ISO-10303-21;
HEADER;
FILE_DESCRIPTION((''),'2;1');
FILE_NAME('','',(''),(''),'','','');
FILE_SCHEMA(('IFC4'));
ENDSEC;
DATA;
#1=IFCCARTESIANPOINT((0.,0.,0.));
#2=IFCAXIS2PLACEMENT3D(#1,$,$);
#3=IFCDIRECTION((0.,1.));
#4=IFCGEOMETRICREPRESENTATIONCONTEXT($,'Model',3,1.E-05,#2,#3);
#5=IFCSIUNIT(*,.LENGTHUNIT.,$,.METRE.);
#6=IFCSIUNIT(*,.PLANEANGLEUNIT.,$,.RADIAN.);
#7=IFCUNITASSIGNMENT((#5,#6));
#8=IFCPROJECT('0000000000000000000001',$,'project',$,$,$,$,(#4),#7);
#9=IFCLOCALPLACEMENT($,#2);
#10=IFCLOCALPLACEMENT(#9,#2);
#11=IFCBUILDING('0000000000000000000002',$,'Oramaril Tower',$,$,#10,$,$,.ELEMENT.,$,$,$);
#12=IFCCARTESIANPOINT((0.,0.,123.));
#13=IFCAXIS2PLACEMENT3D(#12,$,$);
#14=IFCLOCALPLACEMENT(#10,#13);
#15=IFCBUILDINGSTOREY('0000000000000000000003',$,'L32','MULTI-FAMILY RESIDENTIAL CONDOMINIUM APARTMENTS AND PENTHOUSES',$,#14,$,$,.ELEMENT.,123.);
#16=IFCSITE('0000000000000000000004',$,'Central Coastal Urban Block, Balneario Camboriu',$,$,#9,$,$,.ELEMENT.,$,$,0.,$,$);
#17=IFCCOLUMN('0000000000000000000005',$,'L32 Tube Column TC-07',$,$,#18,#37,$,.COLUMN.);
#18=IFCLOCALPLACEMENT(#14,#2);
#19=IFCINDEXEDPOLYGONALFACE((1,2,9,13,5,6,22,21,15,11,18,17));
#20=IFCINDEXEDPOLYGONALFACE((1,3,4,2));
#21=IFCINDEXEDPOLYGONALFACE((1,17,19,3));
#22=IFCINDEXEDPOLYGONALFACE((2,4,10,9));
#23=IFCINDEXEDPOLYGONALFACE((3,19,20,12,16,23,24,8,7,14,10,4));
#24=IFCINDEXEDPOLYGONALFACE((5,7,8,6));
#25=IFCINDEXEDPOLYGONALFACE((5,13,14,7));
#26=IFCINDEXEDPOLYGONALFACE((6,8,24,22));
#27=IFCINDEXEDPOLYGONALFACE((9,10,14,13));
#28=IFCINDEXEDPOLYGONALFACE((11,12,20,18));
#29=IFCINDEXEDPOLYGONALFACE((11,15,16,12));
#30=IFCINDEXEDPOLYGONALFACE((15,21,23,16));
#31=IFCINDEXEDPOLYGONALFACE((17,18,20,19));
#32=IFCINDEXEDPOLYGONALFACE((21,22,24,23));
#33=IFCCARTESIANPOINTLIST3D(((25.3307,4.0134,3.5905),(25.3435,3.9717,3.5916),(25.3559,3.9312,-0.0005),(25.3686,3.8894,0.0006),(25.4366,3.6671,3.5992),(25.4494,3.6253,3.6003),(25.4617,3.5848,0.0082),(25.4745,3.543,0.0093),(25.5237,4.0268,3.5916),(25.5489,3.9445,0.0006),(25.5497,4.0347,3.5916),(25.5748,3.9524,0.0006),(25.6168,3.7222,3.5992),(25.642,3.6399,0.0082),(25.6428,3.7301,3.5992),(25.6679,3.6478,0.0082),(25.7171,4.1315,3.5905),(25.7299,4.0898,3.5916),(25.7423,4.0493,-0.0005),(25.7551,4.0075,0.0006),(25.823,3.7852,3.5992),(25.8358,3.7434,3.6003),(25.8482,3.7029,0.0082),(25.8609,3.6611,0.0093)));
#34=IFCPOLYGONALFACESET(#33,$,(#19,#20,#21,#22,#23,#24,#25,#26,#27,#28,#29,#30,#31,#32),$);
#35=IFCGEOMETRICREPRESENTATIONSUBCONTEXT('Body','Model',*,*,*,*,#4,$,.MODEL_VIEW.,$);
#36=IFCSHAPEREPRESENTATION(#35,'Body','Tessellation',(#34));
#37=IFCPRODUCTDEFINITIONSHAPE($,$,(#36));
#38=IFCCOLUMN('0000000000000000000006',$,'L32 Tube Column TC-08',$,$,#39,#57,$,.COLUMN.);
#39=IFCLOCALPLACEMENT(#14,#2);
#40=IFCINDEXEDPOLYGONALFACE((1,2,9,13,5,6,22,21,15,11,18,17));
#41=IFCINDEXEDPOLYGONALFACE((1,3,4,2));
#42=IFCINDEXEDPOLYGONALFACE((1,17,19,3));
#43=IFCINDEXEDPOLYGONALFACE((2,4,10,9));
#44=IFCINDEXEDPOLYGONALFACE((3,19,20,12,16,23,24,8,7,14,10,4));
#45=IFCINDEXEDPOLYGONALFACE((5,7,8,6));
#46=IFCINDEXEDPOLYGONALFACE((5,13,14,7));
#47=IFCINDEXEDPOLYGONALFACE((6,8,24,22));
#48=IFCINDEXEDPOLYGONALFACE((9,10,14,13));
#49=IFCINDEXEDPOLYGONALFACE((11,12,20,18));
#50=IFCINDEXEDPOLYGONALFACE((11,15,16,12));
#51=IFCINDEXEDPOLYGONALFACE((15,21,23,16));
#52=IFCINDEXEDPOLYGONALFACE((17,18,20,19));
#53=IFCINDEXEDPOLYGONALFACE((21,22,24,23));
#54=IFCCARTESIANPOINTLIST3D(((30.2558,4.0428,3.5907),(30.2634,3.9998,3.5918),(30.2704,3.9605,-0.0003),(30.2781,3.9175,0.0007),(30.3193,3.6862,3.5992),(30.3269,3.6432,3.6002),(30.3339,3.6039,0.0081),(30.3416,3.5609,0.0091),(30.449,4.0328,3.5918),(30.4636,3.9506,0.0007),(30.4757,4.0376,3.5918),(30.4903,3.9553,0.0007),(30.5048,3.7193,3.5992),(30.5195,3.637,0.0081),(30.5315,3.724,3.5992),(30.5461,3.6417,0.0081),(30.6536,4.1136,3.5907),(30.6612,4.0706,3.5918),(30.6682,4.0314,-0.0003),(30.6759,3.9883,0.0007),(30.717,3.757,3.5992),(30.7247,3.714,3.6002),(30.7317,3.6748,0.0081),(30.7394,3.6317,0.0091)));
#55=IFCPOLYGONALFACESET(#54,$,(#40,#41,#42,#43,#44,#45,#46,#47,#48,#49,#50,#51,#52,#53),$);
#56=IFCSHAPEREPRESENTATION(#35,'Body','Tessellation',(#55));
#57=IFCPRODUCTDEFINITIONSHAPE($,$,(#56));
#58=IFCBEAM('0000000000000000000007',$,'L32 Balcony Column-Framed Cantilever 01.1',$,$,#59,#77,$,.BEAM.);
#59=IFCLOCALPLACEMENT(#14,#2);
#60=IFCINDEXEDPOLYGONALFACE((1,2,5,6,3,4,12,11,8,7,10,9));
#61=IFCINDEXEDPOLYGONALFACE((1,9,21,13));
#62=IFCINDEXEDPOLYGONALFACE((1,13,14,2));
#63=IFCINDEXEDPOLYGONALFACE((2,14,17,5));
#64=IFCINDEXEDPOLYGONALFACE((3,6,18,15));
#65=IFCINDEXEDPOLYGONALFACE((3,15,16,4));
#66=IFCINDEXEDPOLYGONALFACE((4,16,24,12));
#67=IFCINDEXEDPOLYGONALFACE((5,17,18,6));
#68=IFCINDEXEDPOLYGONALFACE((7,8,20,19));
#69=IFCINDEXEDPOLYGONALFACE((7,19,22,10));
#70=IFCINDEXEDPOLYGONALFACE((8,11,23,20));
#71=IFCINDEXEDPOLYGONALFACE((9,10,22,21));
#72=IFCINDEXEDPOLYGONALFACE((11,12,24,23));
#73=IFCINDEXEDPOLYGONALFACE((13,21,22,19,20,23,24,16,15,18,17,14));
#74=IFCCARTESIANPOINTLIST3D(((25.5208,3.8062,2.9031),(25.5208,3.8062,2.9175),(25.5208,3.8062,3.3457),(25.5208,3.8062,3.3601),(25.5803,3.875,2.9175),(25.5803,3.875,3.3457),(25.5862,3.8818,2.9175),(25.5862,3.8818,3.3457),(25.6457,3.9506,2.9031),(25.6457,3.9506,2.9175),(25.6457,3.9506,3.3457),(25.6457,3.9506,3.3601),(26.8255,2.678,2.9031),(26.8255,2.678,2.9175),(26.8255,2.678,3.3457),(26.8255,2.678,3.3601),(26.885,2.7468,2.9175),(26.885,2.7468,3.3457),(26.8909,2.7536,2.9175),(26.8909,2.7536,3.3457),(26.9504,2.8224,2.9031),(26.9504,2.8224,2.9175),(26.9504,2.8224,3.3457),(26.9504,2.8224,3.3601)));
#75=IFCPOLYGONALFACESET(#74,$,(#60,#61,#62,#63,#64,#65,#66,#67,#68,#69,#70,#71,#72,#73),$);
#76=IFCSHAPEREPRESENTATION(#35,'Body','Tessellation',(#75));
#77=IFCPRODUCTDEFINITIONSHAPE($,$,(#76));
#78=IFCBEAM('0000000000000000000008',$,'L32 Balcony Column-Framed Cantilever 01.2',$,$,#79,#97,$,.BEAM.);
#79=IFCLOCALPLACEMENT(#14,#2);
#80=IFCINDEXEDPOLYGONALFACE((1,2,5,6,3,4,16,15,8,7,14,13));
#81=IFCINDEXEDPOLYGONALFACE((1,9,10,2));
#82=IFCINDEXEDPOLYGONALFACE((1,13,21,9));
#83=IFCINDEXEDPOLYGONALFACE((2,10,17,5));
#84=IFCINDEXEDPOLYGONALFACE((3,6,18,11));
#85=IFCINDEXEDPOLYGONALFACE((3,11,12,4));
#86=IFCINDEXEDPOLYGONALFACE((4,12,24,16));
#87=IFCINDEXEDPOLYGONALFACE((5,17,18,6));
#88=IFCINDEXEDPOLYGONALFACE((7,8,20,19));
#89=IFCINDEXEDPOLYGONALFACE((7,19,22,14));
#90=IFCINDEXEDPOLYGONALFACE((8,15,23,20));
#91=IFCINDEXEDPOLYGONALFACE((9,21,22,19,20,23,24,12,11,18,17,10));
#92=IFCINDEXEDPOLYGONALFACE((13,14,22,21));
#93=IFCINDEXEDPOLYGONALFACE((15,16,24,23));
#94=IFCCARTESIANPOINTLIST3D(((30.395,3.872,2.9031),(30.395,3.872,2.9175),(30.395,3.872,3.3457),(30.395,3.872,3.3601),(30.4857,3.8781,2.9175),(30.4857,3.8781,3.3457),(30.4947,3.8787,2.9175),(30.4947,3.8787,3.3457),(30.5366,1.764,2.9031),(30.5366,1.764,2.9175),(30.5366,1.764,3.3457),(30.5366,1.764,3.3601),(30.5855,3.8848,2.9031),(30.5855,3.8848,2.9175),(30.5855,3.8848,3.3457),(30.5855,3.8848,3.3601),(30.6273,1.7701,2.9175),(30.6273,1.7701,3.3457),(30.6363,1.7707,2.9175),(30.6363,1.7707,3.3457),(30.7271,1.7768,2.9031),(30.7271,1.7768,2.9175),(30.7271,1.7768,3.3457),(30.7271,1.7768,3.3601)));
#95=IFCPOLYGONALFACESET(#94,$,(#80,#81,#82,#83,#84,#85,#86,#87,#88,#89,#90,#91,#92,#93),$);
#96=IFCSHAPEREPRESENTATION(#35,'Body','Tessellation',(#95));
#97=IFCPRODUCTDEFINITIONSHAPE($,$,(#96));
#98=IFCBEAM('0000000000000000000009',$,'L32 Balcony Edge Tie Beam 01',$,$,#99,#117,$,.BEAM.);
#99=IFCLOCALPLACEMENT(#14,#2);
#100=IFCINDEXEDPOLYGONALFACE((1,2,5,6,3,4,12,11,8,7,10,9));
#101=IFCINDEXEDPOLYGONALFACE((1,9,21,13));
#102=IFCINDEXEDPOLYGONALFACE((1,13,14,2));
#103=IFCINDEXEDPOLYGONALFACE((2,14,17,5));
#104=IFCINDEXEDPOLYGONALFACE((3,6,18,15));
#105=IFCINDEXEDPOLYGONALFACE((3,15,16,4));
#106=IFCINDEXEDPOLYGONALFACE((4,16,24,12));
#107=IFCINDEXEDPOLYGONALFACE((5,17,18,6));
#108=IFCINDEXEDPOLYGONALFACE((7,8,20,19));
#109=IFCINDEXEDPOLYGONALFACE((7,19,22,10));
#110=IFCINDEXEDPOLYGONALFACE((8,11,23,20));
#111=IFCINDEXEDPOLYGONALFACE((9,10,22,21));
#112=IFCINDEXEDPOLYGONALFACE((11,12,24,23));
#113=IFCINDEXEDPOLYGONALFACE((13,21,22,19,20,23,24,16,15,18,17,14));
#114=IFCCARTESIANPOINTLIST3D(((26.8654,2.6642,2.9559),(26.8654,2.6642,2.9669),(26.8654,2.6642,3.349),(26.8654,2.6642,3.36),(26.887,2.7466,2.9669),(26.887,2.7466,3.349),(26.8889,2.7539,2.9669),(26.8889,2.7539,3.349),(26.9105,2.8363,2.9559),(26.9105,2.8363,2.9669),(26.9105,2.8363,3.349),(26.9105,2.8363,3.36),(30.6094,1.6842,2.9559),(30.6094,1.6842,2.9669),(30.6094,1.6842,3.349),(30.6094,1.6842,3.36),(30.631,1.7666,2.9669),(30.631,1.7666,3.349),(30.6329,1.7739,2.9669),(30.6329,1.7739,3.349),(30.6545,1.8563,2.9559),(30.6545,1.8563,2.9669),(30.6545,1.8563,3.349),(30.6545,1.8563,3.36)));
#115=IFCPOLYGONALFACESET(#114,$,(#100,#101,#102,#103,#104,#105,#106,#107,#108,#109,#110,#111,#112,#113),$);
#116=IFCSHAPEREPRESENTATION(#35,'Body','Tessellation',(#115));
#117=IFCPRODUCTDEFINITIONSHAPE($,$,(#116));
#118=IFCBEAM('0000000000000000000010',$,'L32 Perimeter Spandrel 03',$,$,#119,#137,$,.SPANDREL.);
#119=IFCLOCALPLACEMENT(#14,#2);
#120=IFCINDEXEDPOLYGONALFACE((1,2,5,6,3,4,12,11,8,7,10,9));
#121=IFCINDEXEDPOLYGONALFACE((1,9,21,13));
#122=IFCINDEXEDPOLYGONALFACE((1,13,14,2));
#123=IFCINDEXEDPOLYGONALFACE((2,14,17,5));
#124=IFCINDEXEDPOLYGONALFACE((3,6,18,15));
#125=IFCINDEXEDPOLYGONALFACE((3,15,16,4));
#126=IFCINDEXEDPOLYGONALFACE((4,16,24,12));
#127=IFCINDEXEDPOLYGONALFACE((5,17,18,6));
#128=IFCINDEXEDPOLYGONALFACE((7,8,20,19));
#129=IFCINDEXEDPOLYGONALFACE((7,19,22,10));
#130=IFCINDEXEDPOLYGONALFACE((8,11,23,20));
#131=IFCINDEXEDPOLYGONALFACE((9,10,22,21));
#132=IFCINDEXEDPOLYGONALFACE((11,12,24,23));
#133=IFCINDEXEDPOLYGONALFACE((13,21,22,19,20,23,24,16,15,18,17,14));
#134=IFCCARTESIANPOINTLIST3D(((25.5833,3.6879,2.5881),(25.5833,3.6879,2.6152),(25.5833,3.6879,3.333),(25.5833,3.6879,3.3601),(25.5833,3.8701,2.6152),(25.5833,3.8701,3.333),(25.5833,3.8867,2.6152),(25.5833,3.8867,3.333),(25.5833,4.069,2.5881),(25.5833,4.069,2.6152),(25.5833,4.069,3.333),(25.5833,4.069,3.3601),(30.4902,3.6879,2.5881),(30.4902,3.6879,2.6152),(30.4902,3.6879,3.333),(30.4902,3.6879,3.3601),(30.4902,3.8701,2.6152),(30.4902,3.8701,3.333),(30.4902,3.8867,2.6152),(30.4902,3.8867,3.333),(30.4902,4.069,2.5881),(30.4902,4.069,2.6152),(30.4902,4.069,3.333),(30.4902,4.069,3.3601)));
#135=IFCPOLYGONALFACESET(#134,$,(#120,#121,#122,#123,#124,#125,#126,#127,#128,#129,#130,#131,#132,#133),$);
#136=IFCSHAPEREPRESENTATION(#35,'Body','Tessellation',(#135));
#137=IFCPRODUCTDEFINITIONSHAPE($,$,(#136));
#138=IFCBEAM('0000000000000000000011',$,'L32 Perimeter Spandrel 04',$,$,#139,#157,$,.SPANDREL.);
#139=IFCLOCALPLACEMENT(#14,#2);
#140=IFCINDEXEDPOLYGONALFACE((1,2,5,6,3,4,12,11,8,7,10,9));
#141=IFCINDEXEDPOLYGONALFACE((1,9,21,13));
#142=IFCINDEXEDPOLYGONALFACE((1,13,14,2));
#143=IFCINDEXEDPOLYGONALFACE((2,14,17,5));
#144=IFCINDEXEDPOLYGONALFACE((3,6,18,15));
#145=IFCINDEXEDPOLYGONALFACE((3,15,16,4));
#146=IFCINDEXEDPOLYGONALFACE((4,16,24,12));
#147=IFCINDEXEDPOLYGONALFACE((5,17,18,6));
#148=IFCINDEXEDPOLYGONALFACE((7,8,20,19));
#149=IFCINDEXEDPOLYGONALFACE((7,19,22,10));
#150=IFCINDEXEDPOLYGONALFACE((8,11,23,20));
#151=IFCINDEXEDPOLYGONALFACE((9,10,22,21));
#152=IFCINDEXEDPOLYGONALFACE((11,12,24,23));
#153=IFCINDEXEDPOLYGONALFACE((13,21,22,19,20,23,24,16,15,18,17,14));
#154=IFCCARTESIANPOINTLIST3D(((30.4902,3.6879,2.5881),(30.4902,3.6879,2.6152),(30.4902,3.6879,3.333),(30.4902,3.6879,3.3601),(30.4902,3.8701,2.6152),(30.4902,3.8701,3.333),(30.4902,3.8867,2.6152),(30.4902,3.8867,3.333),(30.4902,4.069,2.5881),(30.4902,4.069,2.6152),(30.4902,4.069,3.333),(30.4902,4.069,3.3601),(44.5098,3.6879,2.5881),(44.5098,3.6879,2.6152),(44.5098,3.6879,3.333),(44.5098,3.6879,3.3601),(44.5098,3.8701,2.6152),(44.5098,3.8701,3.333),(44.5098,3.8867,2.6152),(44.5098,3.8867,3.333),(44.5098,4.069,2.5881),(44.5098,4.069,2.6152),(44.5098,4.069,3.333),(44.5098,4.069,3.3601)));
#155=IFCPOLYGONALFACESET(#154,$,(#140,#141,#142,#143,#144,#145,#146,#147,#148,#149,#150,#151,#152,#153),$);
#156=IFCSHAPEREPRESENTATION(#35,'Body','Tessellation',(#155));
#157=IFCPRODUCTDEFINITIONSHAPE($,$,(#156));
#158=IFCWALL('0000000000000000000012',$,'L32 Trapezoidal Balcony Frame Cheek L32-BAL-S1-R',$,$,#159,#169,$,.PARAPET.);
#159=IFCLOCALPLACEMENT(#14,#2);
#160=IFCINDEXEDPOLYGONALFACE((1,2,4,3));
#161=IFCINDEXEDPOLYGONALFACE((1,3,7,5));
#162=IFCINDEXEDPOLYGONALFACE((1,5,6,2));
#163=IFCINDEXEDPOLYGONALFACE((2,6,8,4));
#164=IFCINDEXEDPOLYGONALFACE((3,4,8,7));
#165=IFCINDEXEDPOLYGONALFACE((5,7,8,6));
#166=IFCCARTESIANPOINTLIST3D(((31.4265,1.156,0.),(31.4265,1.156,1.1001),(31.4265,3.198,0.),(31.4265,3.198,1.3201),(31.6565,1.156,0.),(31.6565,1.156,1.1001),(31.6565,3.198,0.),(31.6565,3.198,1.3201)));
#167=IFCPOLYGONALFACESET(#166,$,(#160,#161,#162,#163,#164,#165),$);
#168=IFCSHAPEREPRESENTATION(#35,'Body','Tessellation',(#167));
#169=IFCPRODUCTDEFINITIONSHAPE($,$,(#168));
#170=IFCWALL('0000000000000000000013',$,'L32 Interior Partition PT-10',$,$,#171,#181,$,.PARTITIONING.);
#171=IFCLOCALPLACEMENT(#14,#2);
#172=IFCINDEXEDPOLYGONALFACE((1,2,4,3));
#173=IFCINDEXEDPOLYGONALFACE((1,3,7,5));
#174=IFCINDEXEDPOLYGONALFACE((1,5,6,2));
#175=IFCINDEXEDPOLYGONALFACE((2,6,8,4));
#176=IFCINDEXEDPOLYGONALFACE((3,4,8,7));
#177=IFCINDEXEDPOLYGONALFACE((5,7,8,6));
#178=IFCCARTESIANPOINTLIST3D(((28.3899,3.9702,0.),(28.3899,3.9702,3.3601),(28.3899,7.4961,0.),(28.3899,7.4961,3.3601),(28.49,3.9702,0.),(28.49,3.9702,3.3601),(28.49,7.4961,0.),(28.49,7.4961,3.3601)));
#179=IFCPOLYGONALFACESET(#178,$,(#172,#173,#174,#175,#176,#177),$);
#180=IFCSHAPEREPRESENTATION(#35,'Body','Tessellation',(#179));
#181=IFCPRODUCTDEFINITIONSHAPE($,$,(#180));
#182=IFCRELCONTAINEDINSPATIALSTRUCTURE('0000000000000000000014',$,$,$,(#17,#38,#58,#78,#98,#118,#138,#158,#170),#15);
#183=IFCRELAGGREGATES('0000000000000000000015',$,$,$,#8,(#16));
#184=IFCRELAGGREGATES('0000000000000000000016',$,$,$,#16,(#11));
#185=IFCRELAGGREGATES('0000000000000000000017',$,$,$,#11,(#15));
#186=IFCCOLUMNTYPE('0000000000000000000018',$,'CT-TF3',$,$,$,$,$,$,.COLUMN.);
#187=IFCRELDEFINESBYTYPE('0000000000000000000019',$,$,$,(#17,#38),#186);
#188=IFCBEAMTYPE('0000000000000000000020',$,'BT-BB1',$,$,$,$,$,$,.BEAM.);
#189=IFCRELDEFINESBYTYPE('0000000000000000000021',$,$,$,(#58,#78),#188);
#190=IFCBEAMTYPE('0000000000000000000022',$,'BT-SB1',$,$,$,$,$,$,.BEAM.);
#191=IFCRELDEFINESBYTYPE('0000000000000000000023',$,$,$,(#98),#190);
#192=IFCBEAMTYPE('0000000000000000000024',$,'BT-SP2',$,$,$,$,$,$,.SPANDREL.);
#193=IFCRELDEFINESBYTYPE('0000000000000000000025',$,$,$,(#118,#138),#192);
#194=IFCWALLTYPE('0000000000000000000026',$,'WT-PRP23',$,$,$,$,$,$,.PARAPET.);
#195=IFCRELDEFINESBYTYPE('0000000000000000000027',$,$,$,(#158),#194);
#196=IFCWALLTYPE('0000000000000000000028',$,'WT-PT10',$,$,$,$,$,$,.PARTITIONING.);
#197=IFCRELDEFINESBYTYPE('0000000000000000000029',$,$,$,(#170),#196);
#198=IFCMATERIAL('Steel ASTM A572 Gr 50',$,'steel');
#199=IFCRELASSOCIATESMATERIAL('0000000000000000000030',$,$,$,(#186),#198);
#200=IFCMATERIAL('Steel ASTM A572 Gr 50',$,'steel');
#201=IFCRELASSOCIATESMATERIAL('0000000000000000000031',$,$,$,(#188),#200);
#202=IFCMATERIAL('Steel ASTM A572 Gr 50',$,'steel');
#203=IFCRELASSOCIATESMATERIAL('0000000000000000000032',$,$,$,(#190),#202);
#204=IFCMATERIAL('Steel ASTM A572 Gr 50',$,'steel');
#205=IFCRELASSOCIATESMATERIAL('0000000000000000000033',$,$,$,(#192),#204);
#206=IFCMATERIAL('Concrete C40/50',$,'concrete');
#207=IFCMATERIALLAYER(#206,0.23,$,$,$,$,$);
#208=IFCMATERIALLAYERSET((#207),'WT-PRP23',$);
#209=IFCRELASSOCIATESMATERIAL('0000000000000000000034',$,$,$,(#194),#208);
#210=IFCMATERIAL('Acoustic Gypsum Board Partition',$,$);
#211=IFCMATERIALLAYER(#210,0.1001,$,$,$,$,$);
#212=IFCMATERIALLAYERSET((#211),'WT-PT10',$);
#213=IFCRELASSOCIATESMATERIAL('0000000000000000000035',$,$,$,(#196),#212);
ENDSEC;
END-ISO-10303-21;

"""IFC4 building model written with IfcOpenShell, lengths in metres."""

from ifc_helpers import new_model, si_unit, direction, frame, frame_2d, origin, origin_2d, place, context, subcontext, project, spatial, polyline, rectangle, i_section, outline, extrude, material, layer, layer_set, material_profile, profile_set, type_object, element, save


model = new_model("IFC4")

# Units and contexts
model_context = context("Model", 3, precision=1e-05, world=origin(), true_north=direction((0.0, 1.0)))
body_context = subcontext(model_context, "Body", "Model", "MODEL_VIEW")
ifc_project = project(units=[si_unit("LENGTHUNIT", "METRE"), si_unit("PLANEANGLEUNIT", "RADIAN")], contexts=[model_context])

# Site, building, storey
site_placement = place(None, origin())
site = spatial("IfcSite", under=ifc_project, at=site_placement, Name="Central Coastal Urban Block, Balneario Camboriu", CompositionType="ELEMENT", RefElevation=0.0)
building_placement = place(site_placement, origin())
building = spatial("IfcBuilding", under=site, at=building_placement, Name="Oramaril Tower", CompositionType="ELEMENT")
storey_placement = place(building_placement, frame((0.0, 0.0, 123.0)))
storey = spatial("IfcBuildingStorey", under=building, at=storey_placement, Name="L32", Description="MULTI-FAMILY RESIDENTIAL CONDOMINIUM APARTMENTS AND PENTHOUSES", CompositionType="ELEMENT", Elevation=123.0)

# Columns
ifc_material_1 = material(Name="Steel ASTM A572 Gr 50", Category="steel")
ifc_material_profile_1 = material_profile(ifc_material_1, i_section(OverallWidth=0.4041, OverallDepth=0.406, WebThickness=0.0271, FlangeThickness=0.0437, at=origin_2d()), Name="W14X233")
ifc_profile_set_1 = profile_set([ifc_material_profile_1], Name="Steel ASTM A572 Gr 50")
column_type = type_object("IfcColumnType", Name="CT-TF3", PredefinedType="COLUMN", material=ifc_profile_set_1)
for number, where, z_axis, x_axis, name in (
    (1, (25.6084, 3.7961, 0.0044), (-0.007001, 0.022905, 0.999713), (-0.95633, -0.292291, 0.0), "L32 Tube Column TC-07"),
    (2, (30.5049, 3.7961, 0.0044), (-0.004078, 0.022905, 0.999729), (-0.984518, -0.175285, 0.0), "L32 Tube Column TC-08"),
):
    element("IfcColumn", number, at=place(storey_placement, frame(where, z_axis=z_axis, x_axis=x_axis)), inside=storey, type_object=column_type, Name=name, PredefinedType="COLUMN", context=body_context, shape_type="SweptSolid", body=[
        extrude(i_section(OverallWidth=0.4041, OverallDepth=0.406, WebThickness=0.0271, FlangeThickness=0.0437, at=origin_2d()), origin(), (0.0, 0.0, 1.0), 3.592),
    ])

# Beams
ifc_material_2 = material(Name="Steel ASTM A572 Gr 50", Category="steel")
ifc_material_profile_2 = material_profile(ifc_material_2, i_section(OverallWidth=0.1909, OverallDepth=0.457, WebThickness=0.009, FlangeThickness=0.0144, at=origin_2d()), Name="W18X50")
ifc_profile_set_2 = profile_set([ifc_material_profile_2], Name="Steel ASTM A572 Gr 50")
beam_type_1 = type_object("IfcBeamType", Name="BT-BB1", PredefinedType="BEAM", material=ifc_profile_set_2)
beam_1_placement = place(storey_placement, frame((25.5833, 3.8784, 3.1316), z_axis=(0.756422, -0.654084, 0.0), x_axis=(0.654084, 0.756422, 0.0)))
element("IfcBeam", 3, at=beam_1_placement, inside=storey, type_object=beam_type_1, Name="L32 Balcony Column-Framed Cantilever 01.1", PredefinedType="BEAM", context=body_context, shape_type="SweptSolid", body=[
    extrude(i_section(OverallWidth=0.1909, OverallDepth=0.457, WebThickness=0.009, FlangeThickness=0.0144, at=origin_2d()), origin(), (0.0, 0.0, 1.0), 1.7249),
])
beam_2_placement = place(storey_placement, frame((30.4902, 3.8784, 3.1316), z_axis=(0.067017, -0.997752, 0.0), x_axis=(0.997752, 0.067017, 0.0)))
element("IfcBeam", 4, at=beam_2_placement, inside=storey, type_object=beam_type_1, Name="L32 Balcony Column-Framed Cantilever 01.2", PredefinedType="BEAM", context=body_context, shape_type="SweptSolid", body=[
    extrude(i_section(OverallWidth=0.1909, OverallDepth=0.457, WebThickness=0.009, FlangeThickness=0.0144, at=origin_2d()), origin(), (0.0, 0.0, 1.0), 2.1128),
])
ifc_material_3 = material(Name="Steel ASTM A572 Gr 50", Category="steel")
ifc_material_profile_3 = material_profile(ifc_material_3, i_section(OverallWidth=0.178, OverallDepth=0.4041, WebThickness=0.0076, FlangeThickness=0.011, at=origin_2d()), Name="W16X36")
ifc_profile_set_3 = profile_set([ifc_material_profile_3], Name="Steel ASTM A572 Gr 50")
beam_type_2 = type_object("IfcBeamType", Name="BT-SB1", PredefinedType="BEAM", material=ifc_profile_set_3)
beam_3_placement = place(storey_placement, frame((26.8879, 2.7502, 3.158), z_axis=(0.967408, -0.253223, 0.0), x_axis=(0.253223, 0.967408, 0.0)))
element("IfcBeam", 5, at=beam_3_placement, inside=storey, type_object=beam_type_2, Name="L32 Balcony Edge Tie Beam 01", PredefinedType="BEAM", context=body_context, shape_type="SweptSolid", body=[
    extrude(i_section(OverallWidth=0.178, OverallDepth=0.4041, WebThickness=0.0076, FlangeThickness=0.011, at=origin_2d()), origin(), (0.0, 0.0, 1.0), 3.8701),
])
ifc_material_4 = material(Name="Steel ASTM A572 Gr 50", Category="steel")
ifc_material_profile_4 = material_profile(ifc_material_4, i_section(OverallWidth=0.3811, OverallDepth=0.772, WebThickness=0.0166, FlangeThickness=0.0271, at=origin_2d()), Name="W30X173")
ifc_profile_set_4 = profile_set([ifc_material_profile_4], Name="Steel ASTM A572 Gr 50")
beam_type_3 = type_object("IfcBeamType", Name="BT-SP2", PredefinedType="SPANDREL", material=ifc_profile_set_4)
beam_4_placement = place(storey_placement, frame((25.5833, 3.8784, 2.9741), z_axis=(1.0, 0.0, 0.0), x_axis=(0.0, 1.0, 0.0)))
element("IfcBeam", 6, at=beam_4_placement, inside=storey, type_object=beam_type_3, Name="L32 Perimeter Spandrel 03", PredefinedType="SPANDREL", context=body_context, shape_type="SweptSolid", body=[
    extrude(i_section(OverallWidth=0.3811, OverallDepth=0.772, WebThickness=0.0166, FlangeThickness=0.0271, at=origin_2d()), origin(), (0.0, 0.0, 1.0), 4.907),
])
beam_5_placement = place(storey_placement, frame((30.4902, 3.8784, 2.9741), z_axis=(1.0, 0.0, 0.0), x_axis=(0.0, 1.0, 0.0)))
element("IfcBeam", 7, at=beam_5_placement, inside=storey, type_object=beam_type_3, Name="L32 Perimeter Spandrel 04", PredefinedType="SPANDREL", context=body_context, shape_type="SweptSolid", body=[
    extrude(i_section(OverallWidth=0.3811, OverallDepth=0.772, WebThickness=0.0166, FlangeThickness=0.0271, at=origin_2d()), origin(), (0.0, 0.0, 1.0), 14.0195),
])

# Walls
ifc_material_5 = material(Name="Concrete C40/50", Category="concrete")
ifc_layer_1 = layer(ifc_material_5, 0.23)
ifc_layer_set_1 = layer_set([ifc_layer_1], Name="WT-PRP23")
wall_type_1 = type_object("IfcWallType", Name="WT-PRP23", PredefinedType="PARAPET", material=ifc_layer_set_1)
wall_1_placement = place(storey_placement, frame((31.5415, 3.198, 0.0), z_axis=(0.0, 0.0, 1.0), x_axis=(0.0, -1.0, 0.0)))
element("IfcWall", 8, at=wall_1_placement, inside=storey, type_object=wall_type_1, Name="L32 Trapezoidal Balcony Frame Cheek L32-BAL-S1-R", PredefinedType="PARAPET", context=body_context, shape_type="SweptSolid", body=[
    extrude(outline(polyline([(0.0, 0.0), (2.042, 0.0), (2.042, 1.1001), (0.0, 1.3201), (0.0, 0.0)])), frame((0.0, 0.115, 0.0), z_axis=(0.0, -1.0, 0.0), x_axis=(1.0, 0.0, 0.0)), (0.0, 0.0, 1.0), 0.23),
])
ifc_material_6 = material(Name="Acoustic Gypsum Board Partition")
ifc_layer_2 = layer(ifc_material_6, 0.1001)
ifc_layer_set_2 = layer_set([ifc_layer_2], Name="WT-PT10")
wall_type_2 = type_object("IfcWallType", Name="WT-PT10", PredefinedType="PARTITIONING", material=ifc_layer_set_2)
wall_2_placement = place(storey_placement, frame((28.4399, 3.9702, 0.0), z_axis=(0.0, 0.0, 1.0), x_axis=(0.0, 1.0, 0.0)))
element("IfcWall", 9, at=wall_2_placement, inside=storey, type_object=wall_type_2, Name="L32 Interior Partition PT-10", PredefinedType="PARTITIONING", context=body_context, shape_type="SweptSolid", body=[
    extrude(rectangle(XDim=3.5259, YDim=0.1001, at=frame_2d((1.7629, 0.0))), origin(), (0.0, 0.0, 1.0), 3.3601),
])

save(model, "model.ifc")
